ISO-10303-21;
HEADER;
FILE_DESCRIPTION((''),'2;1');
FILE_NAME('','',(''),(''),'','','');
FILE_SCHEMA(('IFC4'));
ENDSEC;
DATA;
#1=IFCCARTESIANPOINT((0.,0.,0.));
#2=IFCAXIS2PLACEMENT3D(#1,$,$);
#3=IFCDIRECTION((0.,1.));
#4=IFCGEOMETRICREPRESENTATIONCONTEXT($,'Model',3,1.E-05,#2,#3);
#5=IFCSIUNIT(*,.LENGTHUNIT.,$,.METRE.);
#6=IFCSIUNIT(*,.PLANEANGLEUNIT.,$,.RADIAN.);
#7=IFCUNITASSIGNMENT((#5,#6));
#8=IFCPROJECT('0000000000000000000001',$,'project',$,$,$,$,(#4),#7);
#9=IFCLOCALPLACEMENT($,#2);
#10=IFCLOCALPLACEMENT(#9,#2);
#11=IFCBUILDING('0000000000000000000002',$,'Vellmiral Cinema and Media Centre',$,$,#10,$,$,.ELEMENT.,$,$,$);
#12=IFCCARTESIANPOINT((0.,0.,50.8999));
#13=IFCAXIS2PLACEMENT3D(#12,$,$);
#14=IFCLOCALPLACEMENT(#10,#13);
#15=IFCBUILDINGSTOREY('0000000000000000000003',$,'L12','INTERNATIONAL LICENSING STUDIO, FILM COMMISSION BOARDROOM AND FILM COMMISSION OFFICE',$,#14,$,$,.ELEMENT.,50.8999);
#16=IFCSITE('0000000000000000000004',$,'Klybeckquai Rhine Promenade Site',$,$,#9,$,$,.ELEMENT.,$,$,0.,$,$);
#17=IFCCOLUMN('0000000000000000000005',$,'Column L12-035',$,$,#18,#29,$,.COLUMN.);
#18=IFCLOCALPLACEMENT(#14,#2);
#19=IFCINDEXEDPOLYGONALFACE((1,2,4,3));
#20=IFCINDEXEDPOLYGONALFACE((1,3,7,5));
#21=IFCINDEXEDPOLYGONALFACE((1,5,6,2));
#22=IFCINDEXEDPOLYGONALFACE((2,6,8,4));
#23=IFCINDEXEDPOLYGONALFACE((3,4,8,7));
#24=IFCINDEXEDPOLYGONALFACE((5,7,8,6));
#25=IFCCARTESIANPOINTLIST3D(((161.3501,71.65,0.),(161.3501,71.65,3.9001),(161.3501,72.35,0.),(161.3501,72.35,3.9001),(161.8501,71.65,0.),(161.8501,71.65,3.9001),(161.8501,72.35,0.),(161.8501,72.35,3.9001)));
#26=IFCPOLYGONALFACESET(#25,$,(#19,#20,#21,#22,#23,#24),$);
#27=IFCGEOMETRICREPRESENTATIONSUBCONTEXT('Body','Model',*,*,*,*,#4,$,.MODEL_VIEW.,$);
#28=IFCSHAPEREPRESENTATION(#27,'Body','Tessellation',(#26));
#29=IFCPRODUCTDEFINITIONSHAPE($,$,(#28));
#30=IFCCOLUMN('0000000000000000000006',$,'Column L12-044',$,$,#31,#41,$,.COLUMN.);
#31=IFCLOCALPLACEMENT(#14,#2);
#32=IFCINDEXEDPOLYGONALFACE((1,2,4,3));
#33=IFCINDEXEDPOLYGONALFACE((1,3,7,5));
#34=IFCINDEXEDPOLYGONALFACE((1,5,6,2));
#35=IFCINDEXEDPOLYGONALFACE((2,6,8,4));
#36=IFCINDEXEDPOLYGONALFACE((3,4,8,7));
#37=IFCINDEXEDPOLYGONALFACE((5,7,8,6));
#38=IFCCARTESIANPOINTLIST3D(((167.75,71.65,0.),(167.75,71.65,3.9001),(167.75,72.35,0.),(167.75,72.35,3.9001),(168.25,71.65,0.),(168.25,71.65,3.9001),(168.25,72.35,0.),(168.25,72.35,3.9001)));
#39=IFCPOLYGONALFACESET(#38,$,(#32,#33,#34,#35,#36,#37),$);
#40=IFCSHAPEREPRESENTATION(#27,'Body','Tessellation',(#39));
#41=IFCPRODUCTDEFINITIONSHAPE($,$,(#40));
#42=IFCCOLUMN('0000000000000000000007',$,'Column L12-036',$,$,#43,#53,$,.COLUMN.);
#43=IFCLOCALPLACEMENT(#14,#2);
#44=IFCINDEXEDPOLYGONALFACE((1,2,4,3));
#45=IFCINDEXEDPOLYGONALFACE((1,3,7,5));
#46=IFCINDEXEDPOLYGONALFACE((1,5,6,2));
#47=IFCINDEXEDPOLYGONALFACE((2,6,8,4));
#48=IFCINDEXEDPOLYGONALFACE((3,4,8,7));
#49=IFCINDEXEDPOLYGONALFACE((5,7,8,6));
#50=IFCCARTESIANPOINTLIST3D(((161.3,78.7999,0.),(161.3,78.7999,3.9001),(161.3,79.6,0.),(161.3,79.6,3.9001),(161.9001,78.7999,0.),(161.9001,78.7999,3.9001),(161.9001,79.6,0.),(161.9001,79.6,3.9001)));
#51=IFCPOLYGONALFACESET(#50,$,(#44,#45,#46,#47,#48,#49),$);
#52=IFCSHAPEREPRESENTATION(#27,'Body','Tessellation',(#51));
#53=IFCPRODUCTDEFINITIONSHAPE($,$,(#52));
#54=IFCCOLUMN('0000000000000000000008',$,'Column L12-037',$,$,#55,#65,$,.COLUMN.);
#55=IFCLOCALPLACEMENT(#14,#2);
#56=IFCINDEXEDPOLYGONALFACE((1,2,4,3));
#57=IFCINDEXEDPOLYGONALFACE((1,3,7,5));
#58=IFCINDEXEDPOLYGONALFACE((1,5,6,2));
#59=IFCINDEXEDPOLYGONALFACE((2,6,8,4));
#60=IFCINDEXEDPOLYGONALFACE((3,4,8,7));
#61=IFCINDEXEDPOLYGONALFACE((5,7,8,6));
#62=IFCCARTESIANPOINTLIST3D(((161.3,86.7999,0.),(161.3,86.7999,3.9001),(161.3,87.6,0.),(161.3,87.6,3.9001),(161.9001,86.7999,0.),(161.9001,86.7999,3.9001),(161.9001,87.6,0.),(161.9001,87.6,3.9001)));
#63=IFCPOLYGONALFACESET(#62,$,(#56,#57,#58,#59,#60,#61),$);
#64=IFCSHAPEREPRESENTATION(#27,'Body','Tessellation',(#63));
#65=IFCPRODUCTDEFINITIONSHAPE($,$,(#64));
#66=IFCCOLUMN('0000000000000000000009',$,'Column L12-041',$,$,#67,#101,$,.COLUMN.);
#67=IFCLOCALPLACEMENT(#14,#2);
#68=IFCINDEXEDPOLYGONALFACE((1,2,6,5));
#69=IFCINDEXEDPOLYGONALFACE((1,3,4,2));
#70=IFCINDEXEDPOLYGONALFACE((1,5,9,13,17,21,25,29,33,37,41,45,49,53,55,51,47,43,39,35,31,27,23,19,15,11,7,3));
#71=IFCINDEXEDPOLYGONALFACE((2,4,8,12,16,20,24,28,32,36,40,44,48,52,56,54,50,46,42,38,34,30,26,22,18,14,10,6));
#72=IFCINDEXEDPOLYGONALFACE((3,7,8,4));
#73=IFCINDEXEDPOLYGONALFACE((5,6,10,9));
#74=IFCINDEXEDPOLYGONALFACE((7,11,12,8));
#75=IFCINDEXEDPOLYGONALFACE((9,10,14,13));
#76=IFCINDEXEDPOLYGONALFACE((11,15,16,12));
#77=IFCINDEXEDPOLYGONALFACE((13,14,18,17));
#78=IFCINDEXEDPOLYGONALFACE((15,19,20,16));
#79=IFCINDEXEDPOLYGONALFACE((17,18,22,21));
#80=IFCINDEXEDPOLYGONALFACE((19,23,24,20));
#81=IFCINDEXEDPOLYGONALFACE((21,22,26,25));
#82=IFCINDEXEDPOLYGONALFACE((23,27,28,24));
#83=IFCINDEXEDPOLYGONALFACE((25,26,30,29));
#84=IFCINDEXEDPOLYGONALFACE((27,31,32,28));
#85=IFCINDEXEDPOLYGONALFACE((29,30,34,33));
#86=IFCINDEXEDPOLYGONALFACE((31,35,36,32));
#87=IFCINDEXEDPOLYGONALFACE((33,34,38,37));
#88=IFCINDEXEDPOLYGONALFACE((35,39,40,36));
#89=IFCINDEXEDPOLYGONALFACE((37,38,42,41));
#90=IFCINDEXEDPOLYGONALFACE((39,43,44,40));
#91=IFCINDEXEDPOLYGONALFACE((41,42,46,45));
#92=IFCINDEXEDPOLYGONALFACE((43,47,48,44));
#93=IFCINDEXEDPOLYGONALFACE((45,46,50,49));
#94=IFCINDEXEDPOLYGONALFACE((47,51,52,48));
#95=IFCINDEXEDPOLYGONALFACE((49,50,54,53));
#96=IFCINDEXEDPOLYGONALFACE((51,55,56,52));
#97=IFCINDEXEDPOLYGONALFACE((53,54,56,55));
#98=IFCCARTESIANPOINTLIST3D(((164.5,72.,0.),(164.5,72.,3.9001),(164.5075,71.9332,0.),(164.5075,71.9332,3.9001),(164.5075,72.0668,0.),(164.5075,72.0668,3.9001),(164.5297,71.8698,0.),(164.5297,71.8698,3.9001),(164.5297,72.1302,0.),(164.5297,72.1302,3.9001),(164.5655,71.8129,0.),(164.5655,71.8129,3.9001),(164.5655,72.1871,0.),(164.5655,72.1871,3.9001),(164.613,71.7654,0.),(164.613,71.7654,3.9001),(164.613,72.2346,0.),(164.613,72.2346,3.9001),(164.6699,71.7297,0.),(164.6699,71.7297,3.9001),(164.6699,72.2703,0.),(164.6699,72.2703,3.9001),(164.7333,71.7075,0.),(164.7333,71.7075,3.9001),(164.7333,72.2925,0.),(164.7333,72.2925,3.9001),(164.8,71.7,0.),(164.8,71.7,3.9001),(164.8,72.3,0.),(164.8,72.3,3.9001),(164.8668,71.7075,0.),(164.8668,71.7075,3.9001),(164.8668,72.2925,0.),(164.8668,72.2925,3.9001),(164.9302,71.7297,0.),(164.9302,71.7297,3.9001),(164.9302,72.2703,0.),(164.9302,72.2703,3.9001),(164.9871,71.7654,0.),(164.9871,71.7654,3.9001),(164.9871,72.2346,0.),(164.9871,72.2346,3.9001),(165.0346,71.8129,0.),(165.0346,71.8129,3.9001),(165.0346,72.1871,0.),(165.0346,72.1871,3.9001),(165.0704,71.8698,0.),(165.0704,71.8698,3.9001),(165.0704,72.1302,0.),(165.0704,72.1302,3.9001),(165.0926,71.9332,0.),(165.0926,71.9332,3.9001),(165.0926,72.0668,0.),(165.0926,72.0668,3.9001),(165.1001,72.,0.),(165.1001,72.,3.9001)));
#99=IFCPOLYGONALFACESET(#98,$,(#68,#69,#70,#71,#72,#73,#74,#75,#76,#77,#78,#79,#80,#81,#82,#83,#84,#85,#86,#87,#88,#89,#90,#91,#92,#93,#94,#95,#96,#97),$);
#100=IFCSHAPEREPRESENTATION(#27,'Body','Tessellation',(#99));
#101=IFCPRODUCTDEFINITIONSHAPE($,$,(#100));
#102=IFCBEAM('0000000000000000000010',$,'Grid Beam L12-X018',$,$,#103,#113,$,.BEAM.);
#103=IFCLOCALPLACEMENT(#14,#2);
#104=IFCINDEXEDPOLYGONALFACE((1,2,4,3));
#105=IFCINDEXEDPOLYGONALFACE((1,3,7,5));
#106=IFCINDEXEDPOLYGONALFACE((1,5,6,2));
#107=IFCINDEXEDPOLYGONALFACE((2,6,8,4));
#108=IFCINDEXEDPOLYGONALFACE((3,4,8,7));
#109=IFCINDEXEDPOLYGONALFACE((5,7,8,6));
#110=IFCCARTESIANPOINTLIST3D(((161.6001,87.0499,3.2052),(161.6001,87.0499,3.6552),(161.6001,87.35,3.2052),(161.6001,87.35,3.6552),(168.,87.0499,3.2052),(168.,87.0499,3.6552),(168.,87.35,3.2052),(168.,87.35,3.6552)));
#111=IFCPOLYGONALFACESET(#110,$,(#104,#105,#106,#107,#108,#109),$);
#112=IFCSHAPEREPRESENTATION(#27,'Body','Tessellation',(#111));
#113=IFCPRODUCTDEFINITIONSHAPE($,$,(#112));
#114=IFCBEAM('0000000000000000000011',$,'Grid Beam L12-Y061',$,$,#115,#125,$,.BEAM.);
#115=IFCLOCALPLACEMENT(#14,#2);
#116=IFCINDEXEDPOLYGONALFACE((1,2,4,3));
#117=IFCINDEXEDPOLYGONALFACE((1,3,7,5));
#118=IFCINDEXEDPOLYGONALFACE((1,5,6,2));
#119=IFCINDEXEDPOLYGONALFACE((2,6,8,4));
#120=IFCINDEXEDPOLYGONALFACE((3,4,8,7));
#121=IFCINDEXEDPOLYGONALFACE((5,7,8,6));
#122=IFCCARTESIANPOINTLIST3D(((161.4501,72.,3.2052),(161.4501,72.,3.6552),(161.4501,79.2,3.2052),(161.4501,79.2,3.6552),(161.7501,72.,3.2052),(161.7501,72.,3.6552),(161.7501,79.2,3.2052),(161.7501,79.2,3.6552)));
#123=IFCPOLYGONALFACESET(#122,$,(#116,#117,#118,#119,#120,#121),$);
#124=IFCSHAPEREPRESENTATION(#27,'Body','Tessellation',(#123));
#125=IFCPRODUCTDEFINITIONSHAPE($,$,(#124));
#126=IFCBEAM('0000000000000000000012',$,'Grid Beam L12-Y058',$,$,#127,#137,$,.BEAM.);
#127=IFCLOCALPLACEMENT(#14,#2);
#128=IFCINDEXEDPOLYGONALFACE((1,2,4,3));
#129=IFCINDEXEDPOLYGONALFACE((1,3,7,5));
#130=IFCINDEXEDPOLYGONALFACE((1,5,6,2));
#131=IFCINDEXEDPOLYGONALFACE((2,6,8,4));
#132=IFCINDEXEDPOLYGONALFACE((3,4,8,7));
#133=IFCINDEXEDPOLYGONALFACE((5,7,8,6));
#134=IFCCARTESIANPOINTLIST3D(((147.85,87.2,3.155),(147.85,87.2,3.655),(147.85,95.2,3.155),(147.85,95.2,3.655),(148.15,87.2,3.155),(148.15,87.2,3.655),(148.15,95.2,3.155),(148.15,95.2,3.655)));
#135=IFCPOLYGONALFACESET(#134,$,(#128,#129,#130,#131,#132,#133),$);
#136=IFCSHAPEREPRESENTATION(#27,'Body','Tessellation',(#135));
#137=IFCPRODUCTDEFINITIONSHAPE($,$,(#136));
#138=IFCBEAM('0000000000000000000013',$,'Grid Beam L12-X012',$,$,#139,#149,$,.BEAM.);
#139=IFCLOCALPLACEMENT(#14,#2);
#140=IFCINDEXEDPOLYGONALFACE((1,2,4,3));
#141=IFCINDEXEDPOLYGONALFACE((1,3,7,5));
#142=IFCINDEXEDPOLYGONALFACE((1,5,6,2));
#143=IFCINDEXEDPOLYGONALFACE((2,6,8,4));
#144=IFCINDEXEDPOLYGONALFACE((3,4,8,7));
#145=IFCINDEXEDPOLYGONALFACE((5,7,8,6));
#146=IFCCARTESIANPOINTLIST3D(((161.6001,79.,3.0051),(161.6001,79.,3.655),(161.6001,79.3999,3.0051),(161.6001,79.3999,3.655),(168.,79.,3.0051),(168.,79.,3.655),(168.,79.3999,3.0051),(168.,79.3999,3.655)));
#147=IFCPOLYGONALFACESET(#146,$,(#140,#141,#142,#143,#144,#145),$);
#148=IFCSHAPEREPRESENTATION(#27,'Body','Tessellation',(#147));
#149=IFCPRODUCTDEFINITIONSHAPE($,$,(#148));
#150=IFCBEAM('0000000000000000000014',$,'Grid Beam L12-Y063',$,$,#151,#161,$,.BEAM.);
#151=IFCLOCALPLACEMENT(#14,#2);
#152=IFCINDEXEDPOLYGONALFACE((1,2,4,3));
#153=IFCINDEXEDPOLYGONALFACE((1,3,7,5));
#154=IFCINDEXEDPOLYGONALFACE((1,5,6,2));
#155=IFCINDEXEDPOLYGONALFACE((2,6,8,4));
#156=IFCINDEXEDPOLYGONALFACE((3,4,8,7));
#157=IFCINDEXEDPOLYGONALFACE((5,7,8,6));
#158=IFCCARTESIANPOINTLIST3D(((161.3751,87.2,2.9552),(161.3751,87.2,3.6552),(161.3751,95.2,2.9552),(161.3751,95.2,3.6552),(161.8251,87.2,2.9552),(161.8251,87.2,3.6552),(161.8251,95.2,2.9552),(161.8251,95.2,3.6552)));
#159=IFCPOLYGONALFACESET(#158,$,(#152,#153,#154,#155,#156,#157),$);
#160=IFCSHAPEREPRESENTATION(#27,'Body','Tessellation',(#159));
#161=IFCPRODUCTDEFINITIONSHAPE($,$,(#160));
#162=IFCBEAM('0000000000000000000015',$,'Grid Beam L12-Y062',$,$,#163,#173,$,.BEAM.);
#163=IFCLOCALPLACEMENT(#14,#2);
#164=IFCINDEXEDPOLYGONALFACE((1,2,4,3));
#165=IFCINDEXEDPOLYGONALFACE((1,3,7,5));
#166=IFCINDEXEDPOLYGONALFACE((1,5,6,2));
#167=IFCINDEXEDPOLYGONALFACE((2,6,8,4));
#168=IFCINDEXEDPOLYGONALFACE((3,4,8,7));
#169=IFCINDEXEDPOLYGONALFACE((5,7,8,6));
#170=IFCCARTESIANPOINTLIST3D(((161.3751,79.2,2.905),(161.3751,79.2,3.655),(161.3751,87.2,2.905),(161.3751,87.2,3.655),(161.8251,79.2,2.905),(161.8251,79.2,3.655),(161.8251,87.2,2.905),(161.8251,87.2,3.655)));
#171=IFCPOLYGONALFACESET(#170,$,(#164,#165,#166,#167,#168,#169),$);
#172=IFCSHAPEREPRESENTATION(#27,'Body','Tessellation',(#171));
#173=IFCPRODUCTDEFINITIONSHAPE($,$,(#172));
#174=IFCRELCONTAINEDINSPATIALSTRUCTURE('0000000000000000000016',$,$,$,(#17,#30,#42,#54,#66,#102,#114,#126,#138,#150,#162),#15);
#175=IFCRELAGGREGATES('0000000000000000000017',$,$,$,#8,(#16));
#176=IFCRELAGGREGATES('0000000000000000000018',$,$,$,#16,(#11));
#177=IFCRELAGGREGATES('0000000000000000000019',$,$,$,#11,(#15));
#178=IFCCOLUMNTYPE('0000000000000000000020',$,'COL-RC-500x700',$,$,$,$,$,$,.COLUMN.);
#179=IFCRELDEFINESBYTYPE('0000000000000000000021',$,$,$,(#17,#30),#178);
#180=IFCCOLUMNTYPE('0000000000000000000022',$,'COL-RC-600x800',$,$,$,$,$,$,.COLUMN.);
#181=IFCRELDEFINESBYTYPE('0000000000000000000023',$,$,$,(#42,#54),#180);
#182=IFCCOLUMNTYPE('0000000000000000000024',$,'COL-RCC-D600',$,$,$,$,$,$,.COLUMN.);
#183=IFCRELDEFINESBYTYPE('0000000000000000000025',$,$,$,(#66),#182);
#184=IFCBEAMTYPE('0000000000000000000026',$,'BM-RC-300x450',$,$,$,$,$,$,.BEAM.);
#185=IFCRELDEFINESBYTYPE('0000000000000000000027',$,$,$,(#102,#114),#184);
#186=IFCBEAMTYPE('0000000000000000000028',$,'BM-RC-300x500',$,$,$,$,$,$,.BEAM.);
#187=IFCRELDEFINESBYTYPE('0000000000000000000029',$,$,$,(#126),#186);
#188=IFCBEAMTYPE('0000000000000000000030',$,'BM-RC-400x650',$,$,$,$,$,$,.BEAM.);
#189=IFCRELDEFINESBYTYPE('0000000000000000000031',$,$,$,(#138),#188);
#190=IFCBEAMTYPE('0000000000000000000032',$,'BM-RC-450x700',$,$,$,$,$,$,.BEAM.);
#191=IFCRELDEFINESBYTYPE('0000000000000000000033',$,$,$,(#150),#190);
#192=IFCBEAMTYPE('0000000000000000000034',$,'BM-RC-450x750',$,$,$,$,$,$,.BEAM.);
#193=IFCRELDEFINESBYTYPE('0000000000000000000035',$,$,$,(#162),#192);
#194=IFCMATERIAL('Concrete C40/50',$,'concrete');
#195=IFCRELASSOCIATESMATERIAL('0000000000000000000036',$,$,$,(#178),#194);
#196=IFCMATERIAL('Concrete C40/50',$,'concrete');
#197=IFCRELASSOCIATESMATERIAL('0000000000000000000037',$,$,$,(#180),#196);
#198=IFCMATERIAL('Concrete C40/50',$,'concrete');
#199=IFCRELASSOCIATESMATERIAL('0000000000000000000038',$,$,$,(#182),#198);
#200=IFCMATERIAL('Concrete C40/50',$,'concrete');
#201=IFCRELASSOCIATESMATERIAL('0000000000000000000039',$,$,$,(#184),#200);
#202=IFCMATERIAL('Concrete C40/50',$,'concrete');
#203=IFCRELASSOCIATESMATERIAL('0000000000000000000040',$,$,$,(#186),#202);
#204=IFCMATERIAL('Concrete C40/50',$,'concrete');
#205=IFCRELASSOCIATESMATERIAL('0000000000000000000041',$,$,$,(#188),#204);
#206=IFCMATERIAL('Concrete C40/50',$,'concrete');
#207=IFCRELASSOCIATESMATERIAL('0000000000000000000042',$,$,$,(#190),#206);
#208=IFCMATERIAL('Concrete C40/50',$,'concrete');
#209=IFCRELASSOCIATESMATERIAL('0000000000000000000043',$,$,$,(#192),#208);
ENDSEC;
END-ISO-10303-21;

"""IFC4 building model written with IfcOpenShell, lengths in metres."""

from ifc_helpers import new_model, si_unit, direction, frame, origin, origin_2d, place, context, subcontext, project, spatial, rectangle, circle, extrude, material, material_profile, profile_set, type_object, element, save


model = new_model("IFC4")

# Units and contexts
model_context = context("Model", 3, precision=1e-05, world=origin(), true_north=direction((0.0, 1.0)))
body_context = subcontext(model_context, "Body", "Model", "MODEL_VIEW")
ifc_project = project(units=[si_unit("LENGTHUNIT", "METRE"), si_unit("PLANEANGLEUNIT", "RADIAN")], contexts=[model_context])

# Site, building, storey
site_placement = place(None, origin())
site = spatial("IfcSite", under=ifc_project, at=site_placement, Name="Klybeckquai Rhine Promenade Site", CompositionType="ELEMENT", RefElevation=0.0)
building_placement = place(site_placement, origin())
building = spatial("IfcBuilding", under=site, at=building_placement, Name="Vellmiral Cinema and Media Centre", CompositionType="ELEMENT")
storey_placement = place(building_placement, frame((0.0, 0.0, 50.8999)))
storey = spatial("IfcBuildingStorey", under=building, at=storey_placement, Name="L12", Description="INTERNATIONAL LICENSING STUDIO, FILM COMMISSION BOARDROOM AND FILM COMMISSION OFFICE", CompositionType="ELEMENT", Elevation=50.8999)

# Columns
ifc_material_1 = material(Name="Concrete C40/50", Category="concrete")
ifc_material_profile_1 = material_profile(ifc_material_1, rectangle(XDim=0.5, YDim=0.7, at=origin_2d()), Name="RC 500x700")
ifc_profile_set_1 = profile_set([ifc_material_profile_1], Name="Concrete C40/50")
column_type_1 = type_object("IfcColumnType", Name="COL-RC-500x700", PredefinedType="COLUMN", material=ifc_profile_set_1)
for number, where, z_axis, x_axis, name in (
    (1, (161.6001, 72.0, 0.0), (0.0, 0.0, 1.0), (1.0, 0.0, 0.0), "Column L12-035"),
    (2, (168.0, 72.0, 0.0), (0.0, 0.0, 1.0), (1.0, 0.0, 0.0), "Column L12-044"),
):
    element("IfcColumn", number, at=place(storey_placement, frame(where, z_axis=z_axis, x_axis=x_axis)), inside=storey, type_object=column_type_1, Name=name, PredefinedType="COLUMN", context=body_context, shape_type="SweptSolid", body=[
        extrude(rectangle(XDim=0.5, YDim=0.7, at=origin_2d()), origin(), (0.0, 0.0, 1.0), 3.9001),
    ])
ifc_material_2 = material(Name="Concrete C40/50", Category="concrete")
ifc_material_profile_2 = material_profile(ifc_material_2, rectangle(XDim=0.6001, YDim=0.8, at=origin_2d()), Name="RC 600x800")
ifc_profile_set_2 = profile_set([ifc_material_profile_2], Name="Concrete C40/50")
column_type_2 = type_object("IfcColumnType", Name="COL-RC-600x800", PredefinedType="COLUMN", material=ifc_profile_set_2)
for number, where, z_axis, x_axis, name in (
    (3, (161.6001, 79.2, 0.0), (0.0, 0.0, 1.0), (1.0, 0.0, 0.0), "Column L12-036"),
    (4, (161.6001, 87.2, 0.0), (0.0, 0.0, 1.0), (1.0, 0.0, 0.0), "Column L12-037"),
):
    element("IfcColumn", number, at=place(storey_placement, frame(where, z_axis=z_axis, x_axis=x_axis)), inside=storey, type_object=column_type_2, Name=name, PredefinedType="COLUMN", context=body_context, shape_type="SweptSolid", body=[
        extrude(rectangle(XDim=0.6001, YDim=0.8, at=origin_2d()), origin(), (0.0, 0.0, 1.0), 3.9001),
    ])
ifc_material_3 = material(Name="Concrete C40/50", Category="concrete")
ifc_material_profile_3 = material_profile(ifc_material_3, circle(Radius=0.3, at=origin_2d()), Name="RC D600")
ifc_profile_set_3 = profile_set([ifc_material_profile_3], Name="Concrete C40/50")
column_type_3 = type_object("IfcColumnType", Name="COL-RCC-D600", PredefinedType="COLUMN", material=ifc_profile_set_3)
column_placement = place(storey_placement, frame((164.8, 72.0, 0.0), z_axis=(0.0, 0.0, 1.0), x_axis=(1.0, 0.0, 0.0)))
element("IfcColumn", 5, at=column_placement, inside=storey, type_object=column_type_3, Name="Column L12-041", PredefinedType="COLUMN", context=body_context, shape_type="SweptSolid", body=[
    extrude(circle(Radius=0.3, at=origin_2d()), origin(), (0.0, 0.0, 1.0), 3.9001),
])

# Beams
ifc_material_4 = material(Name="Concrete C40/50", Category="concrete")
ifc_material_profile_4 = material_profile(ifc_material_4, rectangle(XDim=0.3, YDim=0.45, at=origin_2d()), Name="RC 300x450")
ifc_profile_set_4 = profile_set([ifc_material_profile_4], Name="Concrete C40/50")
beam_type_1 = type_object("IfcBeamType", Name="BM-RC-300x450", PredefinedType="BEAM", material=ifc_profile_set_4)
beam_1_placement = place(storey_placement, frame((161.6001, 87.2, 3.4302), z_axis=(1.0, 0.0, 0.0), x_axis=(0.0, 1.0, 0.0)))
element("IfcBeam", 6, at=beam_1_placement, inside=storey, type_object=beam_type_1, Name="Grid Beam L12-X018", PredefinedType="BEAM", context=body_context, shape_type="SweptSolid", body=[
    extrude(rectangle(XDim=0.3, YDim=0.45, at=origin_2d()), origin(), (0.0, 0.0, 1.0), 6.3999),
])
beam_2_placement = place(storey_placement, frame((161.6001, 72.0, 3.4302), z_axis=(0.0, 1.0, 0.0), x_axis=(-1.0, 0.0, 0.0)))
element("IfcBeam", 7, at=beam_2_placement, inside=storey, type_object=beam_type_1, Name="Grid Beam L12-Y061", PredefinedType="BEAM", context=body_context, shape_type="SweptSolid", body=[
    extrude(rectangle(XDim=0.3, YDim=0.45, at=origin_2d()), origin(), (0.0, 0.0, 1.0), 7.2),
])
ifc_material_5 = material(Name="Concrete C40/50", Category="concrete")
ifc_material_profile_5 = material_profile(ifc_material_5, rectangle(XDim=0.3, YDim=0.5, at=origin_2d()), Name="RC 300x500")
ifc_profile_set_5 = profile_set([ifc_material_profile_5], Name="Concrete C40/50")
beam_type_2 = type_object("IfcBeamType", Name="BM-RC-300x500", PredefinedType="BEAM", material=ifc_profile_set_5)
beam_3_placement = place(storey_placement, frame((148.0, 87.2, 3.405), z_axis=(0.0, 1.0, 0.0), x_axis=(-1.0, 0.0, 0.0)))
element("IfcBeam", 8, at=beam_3_placement, inside=storey, type_object=beam_type_2, Name="Grid Beam L12-Y058", PredefinedType="BEAM", context=body_context, shape_type="SweptSolid", body=[
    extrude(rectangle(XDim=0.3, YDim=0.5, at=origin_2d()), origin(), (0.0, 0.0, 1.0), 8.0),
])
ifc_material_6 = material(Name="Concrete C40/50", Category="concrete")
ifc_material_profile_6 = material_profile(ifc_material_6, rectangle(XDim=0.3999, YDim=0.6499, at=origin_2d()), Name="RC 400x650")
ifc_profile_set_6 = profile_set([ifc_material_profile_6], Name="Concrete C40/50")
beam_type_3 = type_object("IfcBeamType", Name="BM-RC-400x650", PredefinedType="BEAM", material=ifc_profile_set_6)
beam_4_placement = place(storey_placement, frame((161.6001, 79.2, 3.3301), z_axis=(1.0, 0.0, 0.0), x_axis=(0.0, 1.0, 0.0)))
element("IfcBeam", 9, at=beam_4_placement, inside=storey, type_object=beam_type_3, Name="Grid Beam L12-X012", PredefinedType="BEAM", context=body_context, shape_type="SweptSolid", body=[
    extrude(rectangle(XDim=0.3999, YDim=0.6499, at=origin_2d()), origin(), (0.0, 0.0, 1.0), 6.3999),
])
ifc_material_7 = material(Name="Concrete C40/50", Category="concrete")
ifc_material_profile_7 = material_profile(ifc_material_7, rectangle(XDim=0.45, YDim=0.7, at=origin_2d()), Name="RC 450x700")
ifc_profile_set_7 = profile_set([ifc_material_profile_7], Name="Concrete C40/50")
beam_type_4 = type_object("IfcBeamType", Name="BM-RC-450x700", PredefinedType="BEAM", material=ifc_profile_set_7)
beam_5_placement = place(storey_placement, frame((161.6001, 87.2, 3.3052), z_axis=(0.0, 1.0, 0.0), x_axis=(-1.0, 0.0, 0.0)))
element("IfcBeam", 10, at=beam_5_placement, inside=storey, type_object=beam_type_4, Name="Grid Beam L12-Y063", PredefinedType="BEAM", context=body_context, shape_type="SweptSolid", body=[
    extrude(rectangle(XDim=0.45, YDim=0.7, at=origin_2d()), origin(), (0.0, 0.0, 1.0), 8.0),
])
ifc_material_8 = material(Name="Concrete C40/50", Category="concrete")
ifc_material_profile_8 = material_profile(ifc_material_8, rectangle(XDim=0.45, YDim=0.75, at=origin_2d()), Name="RC 450x750")
ifc_profile_set_8 = profile_set([ifc_material_profile_8], Name="Concrete C40/50")
beam_type_5 = type_object("IfcBeamType", Name="BM-RC-450x750", PredefinedType="BEAM", material=ifc_profile_set_8)
beam_6_placement = place(storey_placement, frame((161.6001, 79.2, 3.28), z_axis=(0.0, 1.0, 0.0), x_axis=(-1.0, 0.0, 0.0)))
element("IfcBeam", 11, at=beam_6_placement, inside=storey, type_object=beam_type_5, Name="Grid Beam L12-Y062", PredefinedType="BEAM", context=body_context, shape_type="SweptSolid", body=[
    extrude(rectangle(XDim=0.45, YDim=0.75, at=origin_2d()), origin(), (0.0, 0.0, 1.0), 8.0),
])

save(model, "model.ifc")
